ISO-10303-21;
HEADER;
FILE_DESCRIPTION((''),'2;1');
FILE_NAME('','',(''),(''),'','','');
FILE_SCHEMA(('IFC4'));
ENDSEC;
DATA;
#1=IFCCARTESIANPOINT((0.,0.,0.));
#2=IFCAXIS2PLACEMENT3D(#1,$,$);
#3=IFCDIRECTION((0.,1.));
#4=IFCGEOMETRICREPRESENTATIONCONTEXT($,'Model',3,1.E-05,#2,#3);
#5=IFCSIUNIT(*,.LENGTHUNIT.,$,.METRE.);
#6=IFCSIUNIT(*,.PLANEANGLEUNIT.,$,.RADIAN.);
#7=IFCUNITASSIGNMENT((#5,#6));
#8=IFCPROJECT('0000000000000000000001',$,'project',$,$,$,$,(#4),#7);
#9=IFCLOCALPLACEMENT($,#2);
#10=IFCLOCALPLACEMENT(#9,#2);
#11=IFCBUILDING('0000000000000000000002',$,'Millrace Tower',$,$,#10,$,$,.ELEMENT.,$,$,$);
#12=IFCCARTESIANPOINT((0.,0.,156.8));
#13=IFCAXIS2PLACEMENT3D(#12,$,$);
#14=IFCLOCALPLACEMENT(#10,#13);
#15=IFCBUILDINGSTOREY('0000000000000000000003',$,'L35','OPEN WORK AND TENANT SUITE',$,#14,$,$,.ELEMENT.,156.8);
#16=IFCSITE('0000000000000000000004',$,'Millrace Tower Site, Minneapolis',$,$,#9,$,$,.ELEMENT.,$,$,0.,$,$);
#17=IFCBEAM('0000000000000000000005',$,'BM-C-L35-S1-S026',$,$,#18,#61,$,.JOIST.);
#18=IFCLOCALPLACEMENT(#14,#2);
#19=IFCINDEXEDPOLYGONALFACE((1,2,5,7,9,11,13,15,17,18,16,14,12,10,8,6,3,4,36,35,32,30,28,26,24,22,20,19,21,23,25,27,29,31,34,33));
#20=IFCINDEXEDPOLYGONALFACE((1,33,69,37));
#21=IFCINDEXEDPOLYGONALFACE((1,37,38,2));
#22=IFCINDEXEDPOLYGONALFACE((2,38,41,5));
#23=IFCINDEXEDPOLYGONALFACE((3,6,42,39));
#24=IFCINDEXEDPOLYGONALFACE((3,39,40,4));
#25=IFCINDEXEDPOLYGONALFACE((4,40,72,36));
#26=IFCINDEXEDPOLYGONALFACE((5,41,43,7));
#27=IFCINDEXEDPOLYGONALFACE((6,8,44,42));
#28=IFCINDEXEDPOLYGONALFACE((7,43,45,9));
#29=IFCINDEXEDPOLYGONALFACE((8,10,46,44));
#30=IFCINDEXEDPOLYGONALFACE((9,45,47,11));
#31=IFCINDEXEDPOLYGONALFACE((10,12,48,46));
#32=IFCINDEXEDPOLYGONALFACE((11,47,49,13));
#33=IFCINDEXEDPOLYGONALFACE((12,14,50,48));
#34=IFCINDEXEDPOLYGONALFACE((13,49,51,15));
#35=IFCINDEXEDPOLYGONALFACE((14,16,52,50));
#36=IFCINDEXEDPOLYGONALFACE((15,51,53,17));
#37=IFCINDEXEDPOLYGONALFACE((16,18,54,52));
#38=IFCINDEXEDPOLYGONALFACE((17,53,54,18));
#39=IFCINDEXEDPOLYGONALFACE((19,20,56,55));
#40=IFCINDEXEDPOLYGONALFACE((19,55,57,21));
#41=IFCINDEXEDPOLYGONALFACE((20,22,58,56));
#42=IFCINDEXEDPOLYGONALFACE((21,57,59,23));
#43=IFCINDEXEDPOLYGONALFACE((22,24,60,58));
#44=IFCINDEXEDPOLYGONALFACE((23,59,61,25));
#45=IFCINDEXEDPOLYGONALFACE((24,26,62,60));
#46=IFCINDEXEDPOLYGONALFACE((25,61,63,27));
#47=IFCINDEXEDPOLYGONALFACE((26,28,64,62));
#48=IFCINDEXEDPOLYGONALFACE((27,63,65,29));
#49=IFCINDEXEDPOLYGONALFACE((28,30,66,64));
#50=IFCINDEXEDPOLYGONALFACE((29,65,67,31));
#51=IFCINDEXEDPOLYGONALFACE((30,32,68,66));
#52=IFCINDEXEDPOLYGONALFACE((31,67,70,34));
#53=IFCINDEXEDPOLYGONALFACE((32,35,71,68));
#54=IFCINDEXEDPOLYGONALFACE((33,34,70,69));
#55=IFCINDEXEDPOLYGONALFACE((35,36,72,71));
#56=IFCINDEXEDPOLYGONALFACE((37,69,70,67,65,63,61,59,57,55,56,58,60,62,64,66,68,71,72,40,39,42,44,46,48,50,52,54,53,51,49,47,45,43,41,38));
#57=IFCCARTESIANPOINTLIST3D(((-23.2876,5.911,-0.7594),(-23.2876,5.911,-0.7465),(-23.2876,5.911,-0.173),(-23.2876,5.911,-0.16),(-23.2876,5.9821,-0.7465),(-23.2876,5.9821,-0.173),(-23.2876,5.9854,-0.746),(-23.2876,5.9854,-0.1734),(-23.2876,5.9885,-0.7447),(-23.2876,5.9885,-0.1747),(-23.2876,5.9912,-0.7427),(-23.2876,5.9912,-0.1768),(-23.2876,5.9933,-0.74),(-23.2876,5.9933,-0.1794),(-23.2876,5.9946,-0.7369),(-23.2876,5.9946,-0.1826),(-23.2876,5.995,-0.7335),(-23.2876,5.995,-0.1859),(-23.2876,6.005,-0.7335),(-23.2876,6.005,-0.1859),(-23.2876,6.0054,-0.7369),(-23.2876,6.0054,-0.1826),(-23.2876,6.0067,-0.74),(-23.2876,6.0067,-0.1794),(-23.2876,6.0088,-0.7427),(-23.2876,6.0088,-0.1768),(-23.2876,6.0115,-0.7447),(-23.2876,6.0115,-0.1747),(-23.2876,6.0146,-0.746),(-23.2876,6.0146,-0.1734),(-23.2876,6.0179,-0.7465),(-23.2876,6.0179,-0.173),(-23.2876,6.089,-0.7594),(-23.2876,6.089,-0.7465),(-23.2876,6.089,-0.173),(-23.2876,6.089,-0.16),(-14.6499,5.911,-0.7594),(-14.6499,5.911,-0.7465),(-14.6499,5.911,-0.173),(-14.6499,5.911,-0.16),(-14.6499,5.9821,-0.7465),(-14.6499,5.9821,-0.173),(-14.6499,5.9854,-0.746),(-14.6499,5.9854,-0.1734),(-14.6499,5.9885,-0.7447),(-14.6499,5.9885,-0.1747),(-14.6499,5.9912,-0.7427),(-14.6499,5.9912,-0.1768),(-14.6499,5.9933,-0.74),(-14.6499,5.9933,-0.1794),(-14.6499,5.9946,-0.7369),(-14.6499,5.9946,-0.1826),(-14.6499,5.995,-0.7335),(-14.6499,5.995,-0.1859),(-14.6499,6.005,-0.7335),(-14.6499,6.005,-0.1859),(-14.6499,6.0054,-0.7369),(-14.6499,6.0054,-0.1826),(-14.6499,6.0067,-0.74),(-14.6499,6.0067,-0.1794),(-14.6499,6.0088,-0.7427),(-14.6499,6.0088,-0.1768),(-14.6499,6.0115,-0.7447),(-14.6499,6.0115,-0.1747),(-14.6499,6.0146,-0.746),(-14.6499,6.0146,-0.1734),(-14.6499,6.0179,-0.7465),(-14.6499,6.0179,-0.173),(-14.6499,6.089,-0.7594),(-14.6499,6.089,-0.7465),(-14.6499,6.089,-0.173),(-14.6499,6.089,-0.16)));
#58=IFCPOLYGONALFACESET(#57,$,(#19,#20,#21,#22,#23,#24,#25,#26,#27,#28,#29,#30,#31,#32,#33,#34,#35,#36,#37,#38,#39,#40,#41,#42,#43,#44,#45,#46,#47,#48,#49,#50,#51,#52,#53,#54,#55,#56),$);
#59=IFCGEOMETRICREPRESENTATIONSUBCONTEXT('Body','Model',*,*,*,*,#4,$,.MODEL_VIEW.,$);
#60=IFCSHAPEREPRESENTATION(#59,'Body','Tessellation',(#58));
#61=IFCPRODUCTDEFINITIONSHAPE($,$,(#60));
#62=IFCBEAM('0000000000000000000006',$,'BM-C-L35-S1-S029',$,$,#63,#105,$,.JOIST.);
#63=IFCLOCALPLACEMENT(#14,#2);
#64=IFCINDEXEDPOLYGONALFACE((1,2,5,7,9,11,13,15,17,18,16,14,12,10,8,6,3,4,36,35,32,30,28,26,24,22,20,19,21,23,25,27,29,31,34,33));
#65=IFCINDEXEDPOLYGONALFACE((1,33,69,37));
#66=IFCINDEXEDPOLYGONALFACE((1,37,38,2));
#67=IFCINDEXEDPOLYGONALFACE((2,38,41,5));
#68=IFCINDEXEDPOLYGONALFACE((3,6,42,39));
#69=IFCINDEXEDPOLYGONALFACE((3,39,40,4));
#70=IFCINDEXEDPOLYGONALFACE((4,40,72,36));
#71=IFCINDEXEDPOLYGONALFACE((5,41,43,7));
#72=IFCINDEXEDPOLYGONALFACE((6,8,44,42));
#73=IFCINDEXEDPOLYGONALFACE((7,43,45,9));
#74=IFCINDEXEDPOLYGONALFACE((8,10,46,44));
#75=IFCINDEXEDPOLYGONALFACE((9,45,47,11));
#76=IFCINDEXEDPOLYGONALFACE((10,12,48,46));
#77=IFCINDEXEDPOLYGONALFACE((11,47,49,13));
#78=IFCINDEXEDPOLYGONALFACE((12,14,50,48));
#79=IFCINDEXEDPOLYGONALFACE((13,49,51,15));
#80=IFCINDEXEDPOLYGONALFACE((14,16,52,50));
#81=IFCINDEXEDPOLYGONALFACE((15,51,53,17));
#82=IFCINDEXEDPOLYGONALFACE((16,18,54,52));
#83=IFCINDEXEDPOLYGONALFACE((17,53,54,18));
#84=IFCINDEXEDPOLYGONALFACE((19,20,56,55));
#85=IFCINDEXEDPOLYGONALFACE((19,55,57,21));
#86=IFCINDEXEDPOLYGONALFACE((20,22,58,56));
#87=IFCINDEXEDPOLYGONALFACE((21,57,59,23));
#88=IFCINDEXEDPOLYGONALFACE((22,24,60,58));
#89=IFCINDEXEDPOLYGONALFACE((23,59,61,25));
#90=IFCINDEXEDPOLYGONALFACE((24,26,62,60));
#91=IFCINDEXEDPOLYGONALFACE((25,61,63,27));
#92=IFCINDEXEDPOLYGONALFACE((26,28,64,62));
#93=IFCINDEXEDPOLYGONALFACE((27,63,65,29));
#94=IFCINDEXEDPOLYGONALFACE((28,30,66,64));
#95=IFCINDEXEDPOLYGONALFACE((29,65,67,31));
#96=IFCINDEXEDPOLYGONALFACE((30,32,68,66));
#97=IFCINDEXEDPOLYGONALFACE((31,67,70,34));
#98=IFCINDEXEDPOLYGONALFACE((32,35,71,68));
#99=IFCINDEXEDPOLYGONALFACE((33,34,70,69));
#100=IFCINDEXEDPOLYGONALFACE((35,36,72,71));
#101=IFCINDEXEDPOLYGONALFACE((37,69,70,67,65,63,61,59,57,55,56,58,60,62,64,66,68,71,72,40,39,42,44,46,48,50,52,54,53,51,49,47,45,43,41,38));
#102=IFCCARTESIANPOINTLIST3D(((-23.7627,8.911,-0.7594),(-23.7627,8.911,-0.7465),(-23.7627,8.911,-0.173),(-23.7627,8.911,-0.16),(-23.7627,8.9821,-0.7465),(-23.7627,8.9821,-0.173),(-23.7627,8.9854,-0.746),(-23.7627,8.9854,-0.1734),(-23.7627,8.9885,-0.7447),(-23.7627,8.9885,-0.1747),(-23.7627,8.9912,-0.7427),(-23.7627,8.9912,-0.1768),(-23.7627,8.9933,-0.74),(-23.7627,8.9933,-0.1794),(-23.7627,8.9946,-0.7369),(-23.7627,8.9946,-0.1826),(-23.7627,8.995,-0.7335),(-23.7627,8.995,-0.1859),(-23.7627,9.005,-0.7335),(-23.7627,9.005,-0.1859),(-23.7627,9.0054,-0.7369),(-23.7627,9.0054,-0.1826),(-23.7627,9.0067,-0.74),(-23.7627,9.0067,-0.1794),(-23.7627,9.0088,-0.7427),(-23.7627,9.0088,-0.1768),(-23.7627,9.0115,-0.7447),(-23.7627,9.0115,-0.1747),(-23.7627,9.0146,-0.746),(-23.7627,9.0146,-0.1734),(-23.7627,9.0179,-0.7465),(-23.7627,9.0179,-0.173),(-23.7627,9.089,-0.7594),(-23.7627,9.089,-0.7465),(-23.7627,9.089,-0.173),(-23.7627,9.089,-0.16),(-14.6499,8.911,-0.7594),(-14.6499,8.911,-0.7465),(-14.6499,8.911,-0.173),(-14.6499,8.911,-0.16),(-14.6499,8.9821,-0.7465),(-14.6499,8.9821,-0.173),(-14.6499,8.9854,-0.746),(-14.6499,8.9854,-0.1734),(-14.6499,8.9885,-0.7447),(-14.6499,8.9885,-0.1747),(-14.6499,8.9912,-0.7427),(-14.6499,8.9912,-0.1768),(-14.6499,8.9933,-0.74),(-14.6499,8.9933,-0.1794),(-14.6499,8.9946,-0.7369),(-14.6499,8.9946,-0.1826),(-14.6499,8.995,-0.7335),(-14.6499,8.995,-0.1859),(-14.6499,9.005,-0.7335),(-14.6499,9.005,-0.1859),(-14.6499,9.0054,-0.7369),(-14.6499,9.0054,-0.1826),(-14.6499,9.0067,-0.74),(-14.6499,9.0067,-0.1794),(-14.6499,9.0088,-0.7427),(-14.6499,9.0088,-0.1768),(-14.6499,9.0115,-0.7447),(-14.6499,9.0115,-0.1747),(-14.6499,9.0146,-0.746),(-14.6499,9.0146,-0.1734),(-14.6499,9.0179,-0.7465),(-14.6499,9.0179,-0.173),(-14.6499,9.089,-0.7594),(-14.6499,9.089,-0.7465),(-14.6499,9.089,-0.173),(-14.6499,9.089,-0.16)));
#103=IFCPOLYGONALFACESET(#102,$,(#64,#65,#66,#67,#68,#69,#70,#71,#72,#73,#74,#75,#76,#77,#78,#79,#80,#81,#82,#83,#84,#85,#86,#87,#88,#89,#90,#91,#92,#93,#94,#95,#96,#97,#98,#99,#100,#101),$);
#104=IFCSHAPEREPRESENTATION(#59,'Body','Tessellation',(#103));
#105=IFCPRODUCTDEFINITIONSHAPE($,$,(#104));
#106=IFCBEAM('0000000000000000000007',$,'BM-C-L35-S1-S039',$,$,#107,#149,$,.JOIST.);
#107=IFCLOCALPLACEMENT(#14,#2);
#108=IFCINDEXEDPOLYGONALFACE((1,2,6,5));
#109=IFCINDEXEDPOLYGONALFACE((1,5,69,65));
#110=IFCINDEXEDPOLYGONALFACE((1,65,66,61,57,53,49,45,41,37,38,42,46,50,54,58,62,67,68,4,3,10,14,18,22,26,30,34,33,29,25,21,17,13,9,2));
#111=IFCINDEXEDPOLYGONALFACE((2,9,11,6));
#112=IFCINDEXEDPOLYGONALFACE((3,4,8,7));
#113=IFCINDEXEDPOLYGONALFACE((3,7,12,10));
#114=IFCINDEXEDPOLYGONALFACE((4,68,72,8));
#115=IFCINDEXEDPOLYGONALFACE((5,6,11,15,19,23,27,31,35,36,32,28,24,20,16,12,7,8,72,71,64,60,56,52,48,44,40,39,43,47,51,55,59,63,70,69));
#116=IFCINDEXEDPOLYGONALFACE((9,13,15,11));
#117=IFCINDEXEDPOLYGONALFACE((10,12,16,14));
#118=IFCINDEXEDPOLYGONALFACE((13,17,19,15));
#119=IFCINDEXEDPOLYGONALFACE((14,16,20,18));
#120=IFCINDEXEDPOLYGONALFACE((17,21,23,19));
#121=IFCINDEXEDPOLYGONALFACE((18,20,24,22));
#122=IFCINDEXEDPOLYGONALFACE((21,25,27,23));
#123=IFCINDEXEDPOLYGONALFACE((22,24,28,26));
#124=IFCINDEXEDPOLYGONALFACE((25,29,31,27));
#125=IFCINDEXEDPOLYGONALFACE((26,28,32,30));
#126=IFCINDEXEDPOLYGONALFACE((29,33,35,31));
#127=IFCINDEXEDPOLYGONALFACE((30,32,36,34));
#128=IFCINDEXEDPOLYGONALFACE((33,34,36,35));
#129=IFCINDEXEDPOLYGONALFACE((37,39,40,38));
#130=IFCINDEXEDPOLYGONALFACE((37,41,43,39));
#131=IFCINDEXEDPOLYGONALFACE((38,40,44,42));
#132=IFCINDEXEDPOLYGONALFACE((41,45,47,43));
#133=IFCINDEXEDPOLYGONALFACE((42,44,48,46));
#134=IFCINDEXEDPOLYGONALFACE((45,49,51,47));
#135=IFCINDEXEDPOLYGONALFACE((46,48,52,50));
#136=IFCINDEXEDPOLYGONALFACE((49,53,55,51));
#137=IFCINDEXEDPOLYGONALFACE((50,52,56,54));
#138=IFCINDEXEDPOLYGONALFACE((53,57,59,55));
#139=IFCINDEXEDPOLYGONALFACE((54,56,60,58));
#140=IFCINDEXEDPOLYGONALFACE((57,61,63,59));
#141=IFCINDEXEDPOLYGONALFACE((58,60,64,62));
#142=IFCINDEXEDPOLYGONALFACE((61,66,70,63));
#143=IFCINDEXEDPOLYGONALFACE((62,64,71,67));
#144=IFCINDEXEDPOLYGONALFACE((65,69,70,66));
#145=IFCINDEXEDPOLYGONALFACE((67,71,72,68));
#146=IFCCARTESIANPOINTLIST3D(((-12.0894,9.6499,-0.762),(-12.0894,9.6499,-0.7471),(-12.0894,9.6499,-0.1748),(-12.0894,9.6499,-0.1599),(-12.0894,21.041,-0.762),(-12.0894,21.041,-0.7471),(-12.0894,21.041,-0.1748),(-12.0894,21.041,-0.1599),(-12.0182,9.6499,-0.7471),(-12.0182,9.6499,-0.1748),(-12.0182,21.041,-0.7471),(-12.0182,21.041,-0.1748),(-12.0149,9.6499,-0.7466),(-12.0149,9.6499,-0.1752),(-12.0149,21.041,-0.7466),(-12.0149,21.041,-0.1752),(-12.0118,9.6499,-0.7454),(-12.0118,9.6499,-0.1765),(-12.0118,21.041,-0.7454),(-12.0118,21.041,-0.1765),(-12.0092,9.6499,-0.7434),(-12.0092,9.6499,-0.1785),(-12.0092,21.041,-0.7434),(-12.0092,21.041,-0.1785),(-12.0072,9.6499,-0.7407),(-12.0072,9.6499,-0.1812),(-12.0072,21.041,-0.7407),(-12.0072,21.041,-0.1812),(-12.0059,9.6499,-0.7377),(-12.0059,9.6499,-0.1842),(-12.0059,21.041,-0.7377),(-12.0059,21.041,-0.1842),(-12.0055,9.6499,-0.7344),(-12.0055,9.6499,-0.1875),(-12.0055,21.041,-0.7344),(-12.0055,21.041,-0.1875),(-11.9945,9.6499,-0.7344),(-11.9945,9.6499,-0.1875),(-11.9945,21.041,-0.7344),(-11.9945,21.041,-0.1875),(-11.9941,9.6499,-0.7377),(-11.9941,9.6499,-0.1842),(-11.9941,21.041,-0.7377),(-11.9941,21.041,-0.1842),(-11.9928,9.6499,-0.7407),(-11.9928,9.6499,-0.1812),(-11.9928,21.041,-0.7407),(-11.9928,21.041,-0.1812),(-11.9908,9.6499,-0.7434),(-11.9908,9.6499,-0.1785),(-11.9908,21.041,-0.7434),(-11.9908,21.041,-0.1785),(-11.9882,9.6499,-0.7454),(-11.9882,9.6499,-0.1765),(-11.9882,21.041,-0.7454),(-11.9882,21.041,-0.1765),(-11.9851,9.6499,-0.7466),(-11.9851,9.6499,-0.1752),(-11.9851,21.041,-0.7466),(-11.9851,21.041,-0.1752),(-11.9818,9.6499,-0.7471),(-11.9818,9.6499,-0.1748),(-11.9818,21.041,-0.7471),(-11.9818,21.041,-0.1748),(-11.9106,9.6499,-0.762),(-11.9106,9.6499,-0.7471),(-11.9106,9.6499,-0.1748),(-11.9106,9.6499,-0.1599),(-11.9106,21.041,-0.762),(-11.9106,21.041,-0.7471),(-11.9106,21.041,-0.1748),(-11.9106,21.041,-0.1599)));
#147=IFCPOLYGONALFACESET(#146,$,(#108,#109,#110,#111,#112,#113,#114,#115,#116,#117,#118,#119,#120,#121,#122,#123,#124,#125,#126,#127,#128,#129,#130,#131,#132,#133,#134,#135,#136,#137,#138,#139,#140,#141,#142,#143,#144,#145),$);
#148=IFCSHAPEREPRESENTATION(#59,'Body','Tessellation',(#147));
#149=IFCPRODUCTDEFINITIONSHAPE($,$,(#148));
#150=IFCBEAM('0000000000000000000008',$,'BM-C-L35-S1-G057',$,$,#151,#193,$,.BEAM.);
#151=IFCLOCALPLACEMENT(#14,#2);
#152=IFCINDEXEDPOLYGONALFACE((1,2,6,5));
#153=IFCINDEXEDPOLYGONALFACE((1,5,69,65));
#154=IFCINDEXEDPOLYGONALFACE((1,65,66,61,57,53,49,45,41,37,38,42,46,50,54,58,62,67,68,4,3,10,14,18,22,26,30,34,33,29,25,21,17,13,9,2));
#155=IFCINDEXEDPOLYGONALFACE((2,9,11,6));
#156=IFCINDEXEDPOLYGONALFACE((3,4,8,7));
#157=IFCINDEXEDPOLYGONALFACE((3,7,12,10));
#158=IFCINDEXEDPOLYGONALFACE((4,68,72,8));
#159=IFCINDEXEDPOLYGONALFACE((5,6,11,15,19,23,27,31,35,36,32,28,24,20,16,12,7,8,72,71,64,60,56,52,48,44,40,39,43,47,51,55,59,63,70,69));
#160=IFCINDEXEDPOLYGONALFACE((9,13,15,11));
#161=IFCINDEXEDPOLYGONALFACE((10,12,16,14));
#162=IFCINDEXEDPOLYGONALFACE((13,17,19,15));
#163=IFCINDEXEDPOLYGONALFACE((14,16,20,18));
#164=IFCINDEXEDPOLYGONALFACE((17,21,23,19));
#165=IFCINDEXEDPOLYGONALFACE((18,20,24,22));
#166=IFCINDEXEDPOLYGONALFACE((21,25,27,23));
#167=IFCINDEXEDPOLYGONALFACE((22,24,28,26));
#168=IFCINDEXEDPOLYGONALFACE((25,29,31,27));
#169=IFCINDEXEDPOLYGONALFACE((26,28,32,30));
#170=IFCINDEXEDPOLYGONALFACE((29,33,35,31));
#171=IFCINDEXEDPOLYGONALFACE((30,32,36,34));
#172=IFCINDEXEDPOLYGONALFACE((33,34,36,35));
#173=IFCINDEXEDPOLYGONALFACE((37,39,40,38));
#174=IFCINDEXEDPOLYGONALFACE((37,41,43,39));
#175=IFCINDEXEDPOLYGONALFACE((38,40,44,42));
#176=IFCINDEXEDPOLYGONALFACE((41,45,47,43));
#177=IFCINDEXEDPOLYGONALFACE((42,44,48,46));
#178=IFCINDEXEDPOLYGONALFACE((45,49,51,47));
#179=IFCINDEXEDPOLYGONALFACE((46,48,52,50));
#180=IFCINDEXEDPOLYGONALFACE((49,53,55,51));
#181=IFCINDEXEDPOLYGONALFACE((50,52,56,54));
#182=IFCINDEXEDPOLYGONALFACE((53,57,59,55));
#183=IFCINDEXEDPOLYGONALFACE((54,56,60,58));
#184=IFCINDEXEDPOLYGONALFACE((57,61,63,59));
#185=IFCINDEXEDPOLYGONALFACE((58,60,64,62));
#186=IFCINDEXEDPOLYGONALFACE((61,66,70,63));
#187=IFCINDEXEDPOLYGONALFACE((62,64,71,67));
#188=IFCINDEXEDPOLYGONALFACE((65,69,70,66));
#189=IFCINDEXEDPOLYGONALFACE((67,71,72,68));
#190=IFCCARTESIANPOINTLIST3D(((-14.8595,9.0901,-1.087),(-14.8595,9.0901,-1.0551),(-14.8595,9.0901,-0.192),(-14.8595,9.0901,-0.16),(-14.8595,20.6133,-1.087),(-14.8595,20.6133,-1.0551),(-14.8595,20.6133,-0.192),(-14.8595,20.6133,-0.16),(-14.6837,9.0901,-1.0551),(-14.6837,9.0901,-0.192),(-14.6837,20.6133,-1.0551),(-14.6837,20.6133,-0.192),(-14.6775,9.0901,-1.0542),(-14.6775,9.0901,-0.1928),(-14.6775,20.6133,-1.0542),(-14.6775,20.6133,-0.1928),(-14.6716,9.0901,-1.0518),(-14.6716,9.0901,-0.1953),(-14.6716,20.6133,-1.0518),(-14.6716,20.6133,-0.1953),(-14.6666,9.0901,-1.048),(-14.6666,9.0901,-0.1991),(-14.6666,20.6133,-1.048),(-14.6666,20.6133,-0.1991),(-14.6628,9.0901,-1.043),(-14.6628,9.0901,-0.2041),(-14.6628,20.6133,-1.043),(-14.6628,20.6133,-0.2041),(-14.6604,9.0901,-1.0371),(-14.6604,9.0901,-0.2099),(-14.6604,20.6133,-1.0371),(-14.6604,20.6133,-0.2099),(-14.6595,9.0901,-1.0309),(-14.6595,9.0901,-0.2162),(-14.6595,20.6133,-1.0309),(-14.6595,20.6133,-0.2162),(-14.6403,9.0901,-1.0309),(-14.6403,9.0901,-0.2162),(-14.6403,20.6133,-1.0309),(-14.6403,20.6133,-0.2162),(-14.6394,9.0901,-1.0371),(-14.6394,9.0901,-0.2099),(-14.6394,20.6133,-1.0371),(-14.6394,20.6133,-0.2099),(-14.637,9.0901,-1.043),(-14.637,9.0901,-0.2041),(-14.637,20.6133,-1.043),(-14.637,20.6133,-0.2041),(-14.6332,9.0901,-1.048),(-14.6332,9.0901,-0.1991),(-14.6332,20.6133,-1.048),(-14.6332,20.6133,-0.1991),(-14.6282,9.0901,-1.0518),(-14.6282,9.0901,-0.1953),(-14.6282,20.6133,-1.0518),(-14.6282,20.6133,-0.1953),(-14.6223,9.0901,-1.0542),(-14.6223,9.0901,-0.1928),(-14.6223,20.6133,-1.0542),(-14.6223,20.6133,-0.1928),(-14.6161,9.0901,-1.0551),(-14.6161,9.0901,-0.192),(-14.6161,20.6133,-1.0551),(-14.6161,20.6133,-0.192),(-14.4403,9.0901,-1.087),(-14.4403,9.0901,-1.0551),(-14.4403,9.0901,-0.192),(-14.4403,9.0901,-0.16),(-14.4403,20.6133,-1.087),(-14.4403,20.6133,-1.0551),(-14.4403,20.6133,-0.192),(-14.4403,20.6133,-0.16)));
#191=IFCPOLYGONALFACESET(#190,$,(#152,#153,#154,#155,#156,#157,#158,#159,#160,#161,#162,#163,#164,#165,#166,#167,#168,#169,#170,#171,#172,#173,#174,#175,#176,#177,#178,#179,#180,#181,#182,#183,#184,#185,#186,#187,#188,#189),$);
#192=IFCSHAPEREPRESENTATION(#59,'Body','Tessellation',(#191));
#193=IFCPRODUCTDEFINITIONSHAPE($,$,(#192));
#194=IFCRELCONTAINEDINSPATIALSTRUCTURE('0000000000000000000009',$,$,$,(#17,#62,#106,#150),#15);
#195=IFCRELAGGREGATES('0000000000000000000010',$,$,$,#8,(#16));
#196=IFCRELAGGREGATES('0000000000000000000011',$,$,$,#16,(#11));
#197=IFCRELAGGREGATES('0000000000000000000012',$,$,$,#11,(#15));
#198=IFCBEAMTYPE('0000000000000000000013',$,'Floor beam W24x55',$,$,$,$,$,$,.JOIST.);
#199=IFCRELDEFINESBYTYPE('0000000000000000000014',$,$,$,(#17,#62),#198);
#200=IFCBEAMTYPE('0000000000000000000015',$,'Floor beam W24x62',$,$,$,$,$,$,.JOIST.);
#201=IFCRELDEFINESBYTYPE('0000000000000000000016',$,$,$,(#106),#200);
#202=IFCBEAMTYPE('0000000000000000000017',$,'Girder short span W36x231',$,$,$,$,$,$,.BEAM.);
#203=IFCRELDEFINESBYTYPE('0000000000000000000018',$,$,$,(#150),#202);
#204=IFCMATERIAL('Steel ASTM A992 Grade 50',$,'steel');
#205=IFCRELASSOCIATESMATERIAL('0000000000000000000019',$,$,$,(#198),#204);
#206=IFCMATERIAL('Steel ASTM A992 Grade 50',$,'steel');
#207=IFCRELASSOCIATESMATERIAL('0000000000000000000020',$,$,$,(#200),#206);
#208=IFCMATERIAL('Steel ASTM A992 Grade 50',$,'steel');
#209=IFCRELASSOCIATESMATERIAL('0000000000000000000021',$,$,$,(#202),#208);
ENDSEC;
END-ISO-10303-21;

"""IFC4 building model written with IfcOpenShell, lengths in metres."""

from ifc_helpers import new_model, si_unit, direction, frame, origin, origin_2d, place, context, subcontext, project, spatial, i_section, extrude, material, material_profile, profile_set, type_object, element, save


model = new_model("IFC4")

# Units and contexts
model_context = context("Model", 3, precision=1e-05, world=origin(), true_north=direction((0.0, 1.0)))
body_context = subcontext(model_context, "Body", "Model", "MODEL_VIEW")
ifc_project = project(units=[si_unit("LENGTHUNIT", "METRE"), si_unit("PLANEANGLEUNIT", "RADIAN")], contexts=[model_context])

# Site, building, storey
site_placement = place(None, origin())
site = spatial("IfcSite", under=ifc_project, at=site_placement, Name="Millrace Tower Site, Minneapolis", CompositionType="ELEMENT", RefElevation=0.0)
building_placement = place(site_placement, origin())
building = spatial("IfcBuilding", under=site, at=building_placement, Name="Millrace Tower", CompositionType="ELEMENT")
storey_placement = place(building_placement, frame((0.0, 0.0, 156.8)))
storey = spatial("IfcBuildingStorey", under=building, at=storey_placement, Name="L35", Description="OPEN WORK AND TENANT SUITE", CompositionType="ELEMENT", Elevation=156.8)

# Beams
ifc_material_1 = material(Name="Steel ASTM A992 Grade 50", Category="steel")
ifc_material_profile_1 = material_profile(ifc_material_1, i_section(OverallWidth=0.178, OverallDepth=0.5994, WebThickness=0.01, FlangeThickness=0.0129, FilletRadius=0.0129, at=origin_2d()))
ifc_profile_set_1 = profile_set([ifc_material_profile_1], Name="Steel ASTM A992 Grade 50")
beam_type_1 = type_object("IfcBeamType", Name="Floor beam W24x55", PredefinedType="JOIST", material=ifc_profile_set_1)
beam_1_placement = place(storey_placement, frame((-23.2876, 6.0, -0.4597), z_axis=(1.0, 0.0, 0.0), x_axis=(0.0, 1.0, 0.0)))
element("IfcBeam", 1, at=beam_1_placement, inside=storey, type_object=beam_type_1, Name="BM-C-L35-S1-S026", PredefinedType="JOIST", context=body_context, shape_type="SweptSolid", body=[
    extrude(i_section(OverallWidth=0.178, OverallDepth=0.5994, WebThickness=0.01, FlangeThickness=0.0129, FilletRadius=0.0129, at=origin_2d()), origin(), (0.0, 0.0, 1.0), 8.6377),
])
beam_2_placement = place(storey_placement, frame((-23.7627, 9.0, -0.4597), z_axis=(1.0, 0.0, 0.0), x_axis=(0.0, 1.0, 0.0)))
element("IfcBeam", 2, at=beam_2_placement, inside=storey, type_object=beam_type_1, Name="BM-C-L35-S1-S029", PredefinedType="JOIST", context=body_context, shape_type="SweptSolid", body=[
    extrude(i_section(OverallWidth=0.178, OverallDepth=0.5994, WebThickness=0.01, FlangeThickness=0.0129, FilletRadius=0.0129, at=origin_2d()), origin(), (0.0, 0.0, 1.0), 9.1128),
])
ifc_material_2 = material(Name="Steel ASTM A992 Grade 50", Category="steel")
ifc_material_profile_2 = material_profile(ifc_material_2, i_section(OverallWidth=0.1787, OverallDepth=0.6021, WebThickness=0.011, FlangeThickness=0.0149, FilletRadius=0.0127, at=origin_2d()))
ifc_profile_set_2 = profile_set([ifc_material_profile_2], Name="Steel ASTM A992 Grade 50")
beam_type_2 = type_object("IfcBeamType", Name="Floor beam W24x62", PredefinedType="JOIST", material=ifc_profile_set_2)
beam_3_placement = place(storey_placement, frame((-12.0, 9.6499, -0.4609), z_axis=(0.0, 1.0, 0.0), x_axis=(-1.0, 0.0, 0.0)))
element("IfcBeam", 3, at=beam_3_placement, inside=storey, type_object=beam_type_2, Name="BM-C-L35-S1-S039", PredefinedType="JOIST", context=body_context, shape_type="SweptSolid", body=[
    extrude(i_section(OverallWidth=0.1787, OverallDepth=0.6021, WebThickness=0.011, FlangeThickness=0.0149, FilletRadius=0.0127, at=origin_2d()), origin(), (0.0, 0.0, 1.0), 11.3911),
])
ifc_material_3 = material(Name="Steel ASTM A992 Grade 50", Category="steel")
ifc_material_profile_3 = material_profile(ifc_material_3, i_section(OverallWidth=0.4192, OverallDepth=0.927, WebThickness=0.0193, FlangeThickness=0.032, FilletRadius=0.0242, at=origin_2d()))
ifc_profile_set_3 = profile_set([ifc_material_profile_3], Name="Steel ASTM A992 Grade 50")
beam_type_3 = type_object("IfcBeamType", Name="Girder short span W36x231", PredefinedType="BEAM", material=ifc_profile_set_3)
beam_4_placement = place(storey_placement, frame((-14.6499, 9.0901, -0.6235), z_axis=(0.0, 1.0, 0.0), x_axis=(-1.0, 0.0, 0.0)))
element("IfcBeam", 4, at=beam_4_placement, inside=storey, type_object=beam_type_3, Name="BM-C-L35-S1-G057", PredefinedType="BEAM", context=body_context, shape_type="SweptSolid", body=[
    extrude(i_section(OverallWidth=0.4192, OverallDepth=0.927, WebThickness=0.0193, FlangeThickness=0.032, FilletRadius=0.0242, at=origin_2d()), origin(), (0.0, 0.0, 1.0), 11.5232),
])

save(model, "model.ifc")
